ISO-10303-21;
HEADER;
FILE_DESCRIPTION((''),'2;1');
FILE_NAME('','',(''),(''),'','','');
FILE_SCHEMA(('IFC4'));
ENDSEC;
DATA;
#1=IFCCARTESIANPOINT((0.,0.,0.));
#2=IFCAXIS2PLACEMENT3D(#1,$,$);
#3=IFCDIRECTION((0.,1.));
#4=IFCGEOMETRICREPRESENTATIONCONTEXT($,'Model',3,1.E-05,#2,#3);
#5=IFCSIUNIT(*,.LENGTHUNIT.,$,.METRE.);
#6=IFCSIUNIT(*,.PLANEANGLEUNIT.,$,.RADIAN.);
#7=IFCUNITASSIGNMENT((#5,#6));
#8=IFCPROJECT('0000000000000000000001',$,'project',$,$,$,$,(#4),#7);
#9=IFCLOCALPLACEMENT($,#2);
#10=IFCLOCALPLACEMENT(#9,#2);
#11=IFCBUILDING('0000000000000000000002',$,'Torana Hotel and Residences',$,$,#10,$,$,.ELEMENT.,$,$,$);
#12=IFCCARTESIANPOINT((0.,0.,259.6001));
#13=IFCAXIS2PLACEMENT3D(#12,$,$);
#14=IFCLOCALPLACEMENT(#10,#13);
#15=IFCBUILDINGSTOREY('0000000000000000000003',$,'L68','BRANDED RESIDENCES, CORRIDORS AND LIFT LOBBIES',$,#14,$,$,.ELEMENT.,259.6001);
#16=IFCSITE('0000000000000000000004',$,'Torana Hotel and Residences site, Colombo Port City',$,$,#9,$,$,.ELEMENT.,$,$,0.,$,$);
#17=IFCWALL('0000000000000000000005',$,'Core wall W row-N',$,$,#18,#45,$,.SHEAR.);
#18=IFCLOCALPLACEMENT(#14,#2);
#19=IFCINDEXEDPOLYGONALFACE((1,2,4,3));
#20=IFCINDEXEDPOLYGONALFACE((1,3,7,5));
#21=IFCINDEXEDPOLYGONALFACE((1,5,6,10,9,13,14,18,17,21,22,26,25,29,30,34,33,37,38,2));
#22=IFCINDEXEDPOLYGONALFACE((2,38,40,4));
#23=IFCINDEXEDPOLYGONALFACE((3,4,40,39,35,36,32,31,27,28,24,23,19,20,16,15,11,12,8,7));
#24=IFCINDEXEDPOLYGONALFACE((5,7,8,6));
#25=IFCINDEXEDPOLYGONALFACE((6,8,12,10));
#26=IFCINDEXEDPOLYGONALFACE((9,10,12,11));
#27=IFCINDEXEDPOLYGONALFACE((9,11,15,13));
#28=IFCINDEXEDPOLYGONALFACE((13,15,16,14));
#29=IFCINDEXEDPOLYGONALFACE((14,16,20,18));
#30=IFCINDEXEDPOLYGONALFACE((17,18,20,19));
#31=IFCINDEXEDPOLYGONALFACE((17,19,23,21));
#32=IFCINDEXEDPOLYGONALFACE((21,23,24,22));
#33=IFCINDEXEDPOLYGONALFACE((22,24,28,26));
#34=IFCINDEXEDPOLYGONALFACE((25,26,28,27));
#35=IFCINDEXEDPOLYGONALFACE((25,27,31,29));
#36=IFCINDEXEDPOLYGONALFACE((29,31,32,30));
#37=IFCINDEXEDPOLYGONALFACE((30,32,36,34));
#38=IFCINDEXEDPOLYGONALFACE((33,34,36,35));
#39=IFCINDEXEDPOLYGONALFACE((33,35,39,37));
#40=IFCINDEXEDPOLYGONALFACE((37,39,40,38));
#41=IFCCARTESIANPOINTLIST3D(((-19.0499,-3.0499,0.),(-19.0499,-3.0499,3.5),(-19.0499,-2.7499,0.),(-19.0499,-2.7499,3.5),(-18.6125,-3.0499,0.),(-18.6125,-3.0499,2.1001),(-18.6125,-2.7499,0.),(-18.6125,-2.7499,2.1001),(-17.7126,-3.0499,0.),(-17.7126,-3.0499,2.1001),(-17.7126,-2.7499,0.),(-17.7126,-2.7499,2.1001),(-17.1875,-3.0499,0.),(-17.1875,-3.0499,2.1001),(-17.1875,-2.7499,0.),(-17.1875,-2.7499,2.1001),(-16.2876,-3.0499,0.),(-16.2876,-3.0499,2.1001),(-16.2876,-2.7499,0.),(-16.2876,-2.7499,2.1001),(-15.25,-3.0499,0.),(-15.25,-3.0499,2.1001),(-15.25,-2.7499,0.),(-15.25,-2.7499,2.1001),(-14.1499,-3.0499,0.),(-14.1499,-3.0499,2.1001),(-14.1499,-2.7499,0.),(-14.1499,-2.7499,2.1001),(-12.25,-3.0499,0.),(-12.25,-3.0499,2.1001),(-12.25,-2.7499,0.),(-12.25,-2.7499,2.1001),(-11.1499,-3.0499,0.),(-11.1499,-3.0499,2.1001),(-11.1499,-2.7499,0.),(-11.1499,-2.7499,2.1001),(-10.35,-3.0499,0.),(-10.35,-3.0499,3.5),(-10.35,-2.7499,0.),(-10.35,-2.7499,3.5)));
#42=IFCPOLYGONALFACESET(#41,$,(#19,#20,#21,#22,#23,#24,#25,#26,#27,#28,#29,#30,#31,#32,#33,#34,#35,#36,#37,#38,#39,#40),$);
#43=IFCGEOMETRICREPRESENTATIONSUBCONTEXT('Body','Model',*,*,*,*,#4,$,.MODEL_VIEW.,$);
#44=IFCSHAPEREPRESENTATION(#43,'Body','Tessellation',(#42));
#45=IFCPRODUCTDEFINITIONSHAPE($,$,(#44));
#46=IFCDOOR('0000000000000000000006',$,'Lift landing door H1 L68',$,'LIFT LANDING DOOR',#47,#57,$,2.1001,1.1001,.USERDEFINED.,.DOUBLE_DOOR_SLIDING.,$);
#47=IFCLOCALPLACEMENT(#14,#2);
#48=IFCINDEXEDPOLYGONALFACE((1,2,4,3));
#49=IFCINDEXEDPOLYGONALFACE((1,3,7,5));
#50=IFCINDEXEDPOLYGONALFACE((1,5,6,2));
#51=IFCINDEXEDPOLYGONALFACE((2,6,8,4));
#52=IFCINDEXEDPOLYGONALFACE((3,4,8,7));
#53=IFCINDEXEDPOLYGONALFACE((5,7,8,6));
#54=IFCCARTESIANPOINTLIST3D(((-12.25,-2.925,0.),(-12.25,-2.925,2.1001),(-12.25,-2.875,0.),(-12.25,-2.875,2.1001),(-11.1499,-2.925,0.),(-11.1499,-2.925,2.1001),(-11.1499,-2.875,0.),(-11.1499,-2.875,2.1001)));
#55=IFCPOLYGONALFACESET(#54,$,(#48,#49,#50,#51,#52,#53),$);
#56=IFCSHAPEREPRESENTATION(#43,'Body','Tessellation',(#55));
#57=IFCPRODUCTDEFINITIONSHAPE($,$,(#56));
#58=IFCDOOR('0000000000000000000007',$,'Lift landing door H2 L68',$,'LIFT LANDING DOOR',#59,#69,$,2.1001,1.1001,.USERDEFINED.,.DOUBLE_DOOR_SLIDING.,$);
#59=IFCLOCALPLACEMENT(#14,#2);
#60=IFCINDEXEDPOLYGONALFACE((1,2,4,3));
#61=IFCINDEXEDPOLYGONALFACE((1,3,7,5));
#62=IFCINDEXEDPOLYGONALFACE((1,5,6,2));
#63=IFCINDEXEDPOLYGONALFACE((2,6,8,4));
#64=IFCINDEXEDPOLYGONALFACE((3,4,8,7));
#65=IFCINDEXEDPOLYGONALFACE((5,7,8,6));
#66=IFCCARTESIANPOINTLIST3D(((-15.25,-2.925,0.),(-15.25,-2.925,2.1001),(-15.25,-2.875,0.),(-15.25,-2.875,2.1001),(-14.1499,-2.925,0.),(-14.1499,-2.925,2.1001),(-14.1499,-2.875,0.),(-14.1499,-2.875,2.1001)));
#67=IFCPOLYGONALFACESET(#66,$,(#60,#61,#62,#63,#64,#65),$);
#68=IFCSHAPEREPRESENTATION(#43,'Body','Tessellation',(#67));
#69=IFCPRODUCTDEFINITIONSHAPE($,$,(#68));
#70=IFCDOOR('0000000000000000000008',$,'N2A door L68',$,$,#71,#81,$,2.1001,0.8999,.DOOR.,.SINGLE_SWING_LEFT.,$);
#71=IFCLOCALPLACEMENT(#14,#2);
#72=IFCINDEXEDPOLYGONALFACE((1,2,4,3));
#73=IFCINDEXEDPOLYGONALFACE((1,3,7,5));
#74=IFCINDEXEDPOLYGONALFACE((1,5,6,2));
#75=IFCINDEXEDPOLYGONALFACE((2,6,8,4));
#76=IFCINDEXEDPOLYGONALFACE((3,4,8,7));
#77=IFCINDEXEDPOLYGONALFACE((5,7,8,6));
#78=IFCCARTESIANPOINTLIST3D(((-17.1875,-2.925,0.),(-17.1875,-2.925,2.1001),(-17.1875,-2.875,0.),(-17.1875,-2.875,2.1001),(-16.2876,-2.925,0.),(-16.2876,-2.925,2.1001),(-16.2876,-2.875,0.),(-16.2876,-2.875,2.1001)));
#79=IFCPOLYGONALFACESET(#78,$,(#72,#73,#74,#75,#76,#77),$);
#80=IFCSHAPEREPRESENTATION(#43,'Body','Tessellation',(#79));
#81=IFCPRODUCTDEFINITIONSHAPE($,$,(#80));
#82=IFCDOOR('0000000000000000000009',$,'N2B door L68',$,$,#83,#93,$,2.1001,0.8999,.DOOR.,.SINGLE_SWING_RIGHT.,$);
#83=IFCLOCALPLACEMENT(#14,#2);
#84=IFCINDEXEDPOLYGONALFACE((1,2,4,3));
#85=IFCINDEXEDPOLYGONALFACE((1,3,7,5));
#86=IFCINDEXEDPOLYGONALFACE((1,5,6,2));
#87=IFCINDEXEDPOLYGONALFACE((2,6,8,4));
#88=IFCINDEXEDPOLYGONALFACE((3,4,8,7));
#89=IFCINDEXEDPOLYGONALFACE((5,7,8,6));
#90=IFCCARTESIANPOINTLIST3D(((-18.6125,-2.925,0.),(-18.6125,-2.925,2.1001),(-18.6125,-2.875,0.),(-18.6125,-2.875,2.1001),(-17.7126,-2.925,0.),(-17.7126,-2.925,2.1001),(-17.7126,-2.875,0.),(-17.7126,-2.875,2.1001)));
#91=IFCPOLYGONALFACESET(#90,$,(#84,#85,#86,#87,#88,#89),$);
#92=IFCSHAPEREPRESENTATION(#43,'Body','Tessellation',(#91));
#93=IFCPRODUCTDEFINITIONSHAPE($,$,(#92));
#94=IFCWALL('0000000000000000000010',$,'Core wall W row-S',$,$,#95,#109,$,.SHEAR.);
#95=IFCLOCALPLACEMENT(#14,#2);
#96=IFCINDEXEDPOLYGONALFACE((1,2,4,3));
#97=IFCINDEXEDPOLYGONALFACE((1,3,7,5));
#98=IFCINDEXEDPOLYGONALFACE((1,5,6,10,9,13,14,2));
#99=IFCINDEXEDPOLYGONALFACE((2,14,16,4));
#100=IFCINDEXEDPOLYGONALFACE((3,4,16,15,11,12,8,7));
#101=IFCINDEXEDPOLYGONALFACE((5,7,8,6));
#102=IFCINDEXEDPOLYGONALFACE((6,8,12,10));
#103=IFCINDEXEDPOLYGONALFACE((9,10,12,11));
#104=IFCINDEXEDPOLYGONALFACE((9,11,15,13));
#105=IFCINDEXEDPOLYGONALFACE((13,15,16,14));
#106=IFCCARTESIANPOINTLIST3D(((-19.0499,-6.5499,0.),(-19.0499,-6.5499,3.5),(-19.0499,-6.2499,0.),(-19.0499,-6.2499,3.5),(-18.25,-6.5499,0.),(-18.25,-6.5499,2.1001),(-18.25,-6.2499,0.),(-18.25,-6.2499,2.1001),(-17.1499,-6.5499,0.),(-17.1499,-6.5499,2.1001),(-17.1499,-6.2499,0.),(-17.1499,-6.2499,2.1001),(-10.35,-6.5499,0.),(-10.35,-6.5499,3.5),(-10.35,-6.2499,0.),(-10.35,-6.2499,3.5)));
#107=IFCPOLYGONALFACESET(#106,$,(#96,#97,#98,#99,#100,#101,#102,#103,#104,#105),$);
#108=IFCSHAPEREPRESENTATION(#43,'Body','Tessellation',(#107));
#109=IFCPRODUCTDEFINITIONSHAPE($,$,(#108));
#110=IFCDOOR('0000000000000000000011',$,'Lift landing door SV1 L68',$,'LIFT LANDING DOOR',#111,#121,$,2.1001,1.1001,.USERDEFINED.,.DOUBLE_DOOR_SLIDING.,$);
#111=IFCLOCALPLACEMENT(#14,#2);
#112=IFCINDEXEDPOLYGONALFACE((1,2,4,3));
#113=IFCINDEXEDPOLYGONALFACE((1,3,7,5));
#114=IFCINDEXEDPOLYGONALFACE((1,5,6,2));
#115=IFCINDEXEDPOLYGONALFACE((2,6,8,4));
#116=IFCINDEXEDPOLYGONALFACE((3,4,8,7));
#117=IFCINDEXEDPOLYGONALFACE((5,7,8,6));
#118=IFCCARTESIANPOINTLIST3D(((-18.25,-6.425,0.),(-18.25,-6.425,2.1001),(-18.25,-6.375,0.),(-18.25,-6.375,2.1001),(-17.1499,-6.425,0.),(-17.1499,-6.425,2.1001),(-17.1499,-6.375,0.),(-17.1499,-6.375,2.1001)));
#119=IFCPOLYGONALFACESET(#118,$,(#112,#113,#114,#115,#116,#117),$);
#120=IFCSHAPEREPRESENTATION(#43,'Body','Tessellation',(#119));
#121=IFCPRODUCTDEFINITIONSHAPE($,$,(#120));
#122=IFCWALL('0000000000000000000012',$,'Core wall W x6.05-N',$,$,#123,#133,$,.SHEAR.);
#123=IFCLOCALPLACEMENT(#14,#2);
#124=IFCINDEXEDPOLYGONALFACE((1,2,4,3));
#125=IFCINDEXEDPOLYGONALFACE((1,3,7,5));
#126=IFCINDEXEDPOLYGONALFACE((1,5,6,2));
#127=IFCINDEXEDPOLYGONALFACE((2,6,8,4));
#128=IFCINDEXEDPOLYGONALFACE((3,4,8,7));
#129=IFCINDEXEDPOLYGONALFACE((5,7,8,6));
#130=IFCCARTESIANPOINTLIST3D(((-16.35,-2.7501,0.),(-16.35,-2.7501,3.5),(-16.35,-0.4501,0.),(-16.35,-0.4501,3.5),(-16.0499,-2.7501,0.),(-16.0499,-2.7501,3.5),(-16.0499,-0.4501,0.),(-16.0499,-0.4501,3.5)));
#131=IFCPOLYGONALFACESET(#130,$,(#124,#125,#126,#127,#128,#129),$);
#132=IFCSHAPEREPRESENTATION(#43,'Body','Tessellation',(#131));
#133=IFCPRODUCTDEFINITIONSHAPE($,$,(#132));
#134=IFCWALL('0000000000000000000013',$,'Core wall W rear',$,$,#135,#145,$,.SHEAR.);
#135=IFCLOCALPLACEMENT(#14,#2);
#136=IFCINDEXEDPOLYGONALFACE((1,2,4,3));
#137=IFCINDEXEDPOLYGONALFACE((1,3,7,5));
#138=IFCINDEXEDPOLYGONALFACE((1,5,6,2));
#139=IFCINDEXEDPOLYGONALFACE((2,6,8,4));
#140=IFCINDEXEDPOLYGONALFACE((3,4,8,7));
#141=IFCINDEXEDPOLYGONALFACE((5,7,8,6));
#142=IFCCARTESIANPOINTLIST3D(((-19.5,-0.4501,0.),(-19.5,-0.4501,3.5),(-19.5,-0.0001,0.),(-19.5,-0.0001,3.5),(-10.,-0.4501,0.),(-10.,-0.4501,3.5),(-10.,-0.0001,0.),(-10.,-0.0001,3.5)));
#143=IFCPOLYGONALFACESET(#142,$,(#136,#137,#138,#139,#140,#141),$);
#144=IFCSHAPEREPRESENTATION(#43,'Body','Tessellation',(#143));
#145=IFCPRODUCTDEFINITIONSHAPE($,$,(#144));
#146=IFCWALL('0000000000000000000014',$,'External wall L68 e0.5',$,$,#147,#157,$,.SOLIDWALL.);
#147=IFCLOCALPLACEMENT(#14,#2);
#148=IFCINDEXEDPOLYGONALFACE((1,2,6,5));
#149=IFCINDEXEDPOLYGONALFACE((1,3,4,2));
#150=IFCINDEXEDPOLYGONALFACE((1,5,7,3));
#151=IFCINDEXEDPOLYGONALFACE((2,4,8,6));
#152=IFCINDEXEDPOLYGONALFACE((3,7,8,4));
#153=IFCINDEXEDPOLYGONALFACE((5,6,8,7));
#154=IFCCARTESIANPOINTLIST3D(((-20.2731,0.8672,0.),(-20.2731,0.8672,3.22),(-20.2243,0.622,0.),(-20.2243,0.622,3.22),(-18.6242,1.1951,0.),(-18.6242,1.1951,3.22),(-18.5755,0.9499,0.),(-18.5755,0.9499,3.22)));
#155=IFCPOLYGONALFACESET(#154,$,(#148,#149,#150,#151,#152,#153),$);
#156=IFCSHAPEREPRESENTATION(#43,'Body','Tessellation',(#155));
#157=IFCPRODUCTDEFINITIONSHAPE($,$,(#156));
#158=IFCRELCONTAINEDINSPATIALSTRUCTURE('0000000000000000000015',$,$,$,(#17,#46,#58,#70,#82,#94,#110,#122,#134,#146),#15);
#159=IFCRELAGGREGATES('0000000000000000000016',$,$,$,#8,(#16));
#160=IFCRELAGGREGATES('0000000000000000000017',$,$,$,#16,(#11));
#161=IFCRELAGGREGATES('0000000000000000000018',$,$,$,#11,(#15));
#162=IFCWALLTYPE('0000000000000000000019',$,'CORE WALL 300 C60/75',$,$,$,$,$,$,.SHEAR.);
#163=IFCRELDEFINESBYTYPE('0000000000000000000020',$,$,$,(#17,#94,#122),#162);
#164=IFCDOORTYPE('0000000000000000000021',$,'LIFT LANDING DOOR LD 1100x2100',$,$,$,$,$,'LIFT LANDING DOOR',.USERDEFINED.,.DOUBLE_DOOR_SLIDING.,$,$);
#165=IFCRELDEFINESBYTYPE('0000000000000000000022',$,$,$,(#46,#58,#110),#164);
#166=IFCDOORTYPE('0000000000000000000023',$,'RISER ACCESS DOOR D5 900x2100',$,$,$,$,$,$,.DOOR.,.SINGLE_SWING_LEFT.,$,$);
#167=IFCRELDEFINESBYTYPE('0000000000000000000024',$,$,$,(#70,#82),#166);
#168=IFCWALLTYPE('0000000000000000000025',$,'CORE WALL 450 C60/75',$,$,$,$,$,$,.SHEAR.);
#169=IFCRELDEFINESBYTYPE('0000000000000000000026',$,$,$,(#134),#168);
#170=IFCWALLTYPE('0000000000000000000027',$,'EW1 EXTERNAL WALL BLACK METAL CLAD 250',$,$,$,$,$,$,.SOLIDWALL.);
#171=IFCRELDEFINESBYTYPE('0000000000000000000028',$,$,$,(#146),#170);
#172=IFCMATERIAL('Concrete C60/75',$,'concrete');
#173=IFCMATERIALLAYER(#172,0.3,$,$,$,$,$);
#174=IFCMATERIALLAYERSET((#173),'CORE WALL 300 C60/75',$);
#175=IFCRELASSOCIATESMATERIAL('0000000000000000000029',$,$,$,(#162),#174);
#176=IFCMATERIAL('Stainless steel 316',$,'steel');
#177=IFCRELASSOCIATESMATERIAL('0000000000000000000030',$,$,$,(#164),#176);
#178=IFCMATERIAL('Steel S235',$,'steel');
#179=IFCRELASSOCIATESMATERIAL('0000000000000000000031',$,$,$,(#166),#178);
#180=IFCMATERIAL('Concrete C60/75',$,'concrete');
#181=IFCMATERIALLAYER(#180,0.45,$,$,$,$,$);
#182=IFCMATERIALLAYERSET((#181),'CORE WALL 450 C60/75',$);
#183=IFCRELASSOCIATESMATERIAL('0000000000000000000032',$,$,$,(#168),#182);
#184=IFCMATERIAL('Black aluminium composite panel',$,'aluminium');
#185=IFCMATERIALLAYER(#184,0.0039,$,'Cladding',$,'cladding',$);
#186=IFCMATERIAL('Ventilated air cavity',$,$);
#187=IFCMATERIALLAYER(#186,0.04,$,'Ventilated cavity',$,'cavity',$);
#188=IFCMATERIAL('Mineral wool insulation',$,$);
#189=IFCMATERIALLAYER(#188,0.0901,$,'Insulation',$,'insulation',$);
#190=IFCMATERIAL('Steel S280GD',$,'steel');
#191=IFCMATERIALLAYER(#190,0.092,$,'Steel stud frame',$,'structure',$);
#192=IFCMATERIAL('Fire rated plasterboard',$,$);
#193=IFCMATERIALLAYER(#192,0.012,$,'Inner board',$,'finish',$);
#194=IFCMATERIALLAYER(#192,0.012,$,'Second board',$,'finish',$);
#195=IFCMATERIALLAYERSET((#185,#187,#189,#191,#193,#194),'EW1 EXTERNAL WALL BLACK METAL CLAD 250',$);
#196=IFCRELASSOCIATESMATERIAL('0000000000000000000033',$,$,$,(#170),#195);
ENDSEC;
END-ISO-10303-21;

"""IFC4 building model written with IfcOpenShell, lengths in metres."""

from ifc_helpers import new_model, si_unit, direction, frame, frame_2d, origin, place, context, subcontext, project, spatial, rectangle, extrude, material, layer, layer_set, type_object, element, fill, save


model = new_model("IFC4")

# Units and contexts
model_context = context("Model", 3, precision=1e-05, world=origin(), true_north=direction((0.0, 1.0)))
body_context = subcontext(model_context, "Body", "Model", "MODEL_VIEW")
ifc_project = project(units=[si_unit("LENGTHUNIT", "METRE"), si_unit("PLANEANGLEUNIT", "RADIAN")], contexts=[model_context])

# Site, building, storey
site_placement = place(None, origin())
site = spatial("IfcSite", under=ifc_project, at=site_placement, Name="Torana Hotel and Residences site, Colombo Port City", CompositionType="ELEMENT", RefElevation=0.0)
building_placement = place(site_placement, origin())
building = spatial("IfcBuilding", under=site, at=building_placement, Name="Torana Hotel and Residences", CompositionType="ELEMENT")
storey_placement = place(building_placement, frame((0.0, 0.0, 259.6001)))
storey = spatial("IfcBuildingStorey", under=building, at=storey_placement, Name="L68", Description="BRANDED RESIDENCES, CORRIDORS AND LIFT LOBBIES", CompositionType="ELEMENT", Elevation=259.6001)

# Wall, openings, doors
ifc_material_1 = material(Name="Concrete C60/75", Category="concrete")
ifc_layer_1 = layer(ifc_material_1, 0.3)
ifc_layer_set_1 = layer_set([ifc_layer_1], Name="CORE WALL 300 C60/75")
wall_type_1 = type_object("IfcWallType", Name="CORE WALL 300 C60/75", PredefinedType="SHEAR", material=ifc_layer_set_1)
wall_1_placement = place(storey_placement, frame((-19.05, -2.8999, 0.0), z_axis=(0.0, 0.0, 1.0), x_axis=(1.0, 0.0, 0.0)))
wall_1 = element("IfcWall", 1, at=wall_1_placement, inside=storey, type_object=wall_type_1, Name="Core wall W row-N", PredefinedType="SHEAR", context=body_context, shape_type="SweptSolid", body=[
    extrude(rectangle(XDim=8.7, YDim=0.3, at=frame_2d((4.3501, 0.0))), origin(), (0.0, 0.0, 1.0), 3.5),
])
opening_1_placement = place(wall_1_placement, frame((6.8, 0.0, 0.0)))
opening_1 = element("IfcOpeningElement", 2, at=opening_1_placement, cuts=wall_1, PredefinedType="OPENING", context=body_context, shape_type="SweptSolid", body=[
    extrude(rectangle(XDim=1.1001, YDim=2.1001, at=frame_2d((0.55, 1.05))), frame((0.0, 0.1599, 0.0), z_axis=(0.0, -1.0, 0.0), x_axis=(1.0, 0.0, 0.0)), (0.0, 0.0, 1.0), 0.3201),
])
opening_2_placement = place(wall_1_placement, frame((3.8, 0.0, 0.0)))
opening_2 = element("IfcOpeningElement", 3, at=opening_2_placement, cuts=wall_1, PredefinedType="OPENING", context=body_context, shape_type="SweptSolid", body=[
    extrude(rectangle(XDim=1.1001, YDim=2.1001, at=frame_2d((0.55, 1.05))), frame((0.0, 0.1599, 0.0), z_axis=(0.0, -1.0, 0.0), x_axis=(1.0, 0.0, 0.0)), (0.0, 0.0, 1.0), 0.3201),
])
opening_3_placement = place(wall_1_placement, frame((1.8625, 0.0, 0.0)))
opening_3 = element("IfcOpeningElement", 4, at=opening_3_placement, cuts=wall_1, PredefinedType="OPENING", context=body_context, shape_type="SweptSolid", body=[
    extrude(rectangle(XDim=0.8999, YDim=2.1001, at=frame_2d((0.45, 1.05))), frame((0.0, 0.1599, 0.0), z_axis=(0.0, -1.0, 0.0), x_axis=(1.0, 0.0, 0.0)), (0.0, 0.0, 1.0), 0.3201),
])
opening_4_placement = place(wall_1_placement, frame((0.4375, 0.0, 0.0)))
opening_4 = element("IfcOpeningElement", 5, at=opening_4_placement, cuts=wall_1, PredefinedType="OPENING", context=body_context, shape_type="SweptSolid", body=[
    extrude(rectangle(XDim=0.8999, YDim=2.1001, at=frame_2d((0.45, 1.05))), frame((0.0, 0.1599, 0.0), z_axis=(0.0, -1.0, 0.0), x_axis=(1.0, 0.0, 0.0)), (0.0, 0.0, 1.0), 0.3201),
])
ifc_material_2 = material(Name="Stainless steel 316", Category="steel")
door_type_1 = type_object("IfcDoorType", Name="LIFT LANDING DOOR LD 1100x2100", ElementType="LIFT LANDING DOOR", OperationType="DOUBLE_DOOR_SLIDING", PredefinedType="USERDEFINED", material=ifc_material_2)
door_1_placement = place(opening_1_placement, origin())
door_1 = element("IfcDoor", 6, at=door_1_placement, inside=storey, type_object=door_type_1, Name="Lift landing door H1 L68", ObjectType="LIFT LANDING DOOR", OperationType="DOUBLE_DOOR_SLIDING", OverallHeight=2.1001, OverallWidth=1.1001, PredefinedType="USERDEFINED", context=body_context, shape_type="SweptSolid", body=[
    extrude(rectangle(XDim=1.1001, YDim=2.1001, at=frame_2d((0.55, 1.05))), frame((0.0, 0.0249, 0.0), z_axis=(0.0, -1.0, 0.0), x_axis=(1.0, 0.0, 0.0)), (0.0, 0.0, 1.0), 0.05),
])
fill(opening_1, door_1)
door_2_placement = place(opening_2_placement, origin())
door_2 = element("IfcDoor", 7, at=door_2_placement, inside=storey, type_object=door_type_1, Name="Lift landing door H2 L68", ObjectType="LIFT LANDING DOOR", OperationType="DOUBLE_DOOR_SLIDING", OverallHeight=2.1001, OverallWidth=1.1001, PredefinedType="USERDEFINED", context=body_context, shape_type="SweptSolid", body=[
    extrude(rectangle(XDim=1.1001, YDim=2.1001, at=frame_2d((0.55, 1.05))), frame((0.0, 0.0249, 0.0), z_axis=(0.0, -1.0, 0.0), x_axis=(1.0, 0.0, 0.0)), (0.0, 0.0, 1.0), 0.05),
])
fill(opening_2, door_2)
ifc_material_3 = material(Name="Steel S235", Category="steel")
door_type_2 = type_object("IfcDoorType", Name="RISER ACCESS DOOR D5 900x2100", OperationType="SINGLE_SWING_LEFT", PredefinedType="DOOR", material=ifc_material_3)
door_3_placement = place(opening_3_placement, origin())
door_3 = element("IfcDoor", 8, at=door_3_placement, inside=storey, type_object=door_type_2, Name="N2A door L68", OperationType="SINGLE_SWING_LEFT", OverallHeight=2.1001, OverallWidth=0.8999, PredefinedType="DOOR", context=body_context, shape_type="SweptSolid", body=[
    extrude(rectangle(XDim=0.8999, YDim=2.1001, at=frame_2d((0.45, 1.05))), frame((0.0, 0.0249, 0.0), z_axis=(0.0, -1.0, 0.0), x_axis=(1.0, 0.0, 0.0)), (0.0, 0.0, 1.0), 0.05),
])
fill(opening_3, door_3)
door_4_placement = place(opening_4_placement, origin())
door_4 = element("IfcDoor", 9, at=door_4_placement, inside=storey, type_object=door_type_2, Name="N2B door L68", OperationType="SINGLE_SWING_RIGHT", OverallHeight=2.1001, OverallWidth=0.8999, PredefinedType="DOOR", context=body_context, shape_type="SweptSolid", body=[
    extrude(rectangle(XDim=0.8999, YDim=2.1001, at=frame_2d((0.45, 1.05))), frame((0.0, 0.0249, 0.0), z_axis=(0.0, -1.0, 0.0), x_axis=(1.0, 0.0, 0.0)), (0.0, 0.0, 1.0), 0.05),
])
fill(opening_4, door_4)

# Wall, opening, door
wall_2_placement = place(storey_placement, frame((-19.05, -6.3999, 0.0), z_axis=(0.0, 0.0, 1.0), x_axis=(1.0, 0.0, 0.0)))
wall_2 = element("IfcWall", 10, at=wall_2_placement, inside=storey, type_object=wall_type_1, Name="Core wall W row-S", PredefinedType="SHEAR", context=body_context, shape_type="SweptSolid", body=[
    extrude(rectangle(XDim=8.7, YDim=0.3, at=frame_2d((4.3501, 0.0))), origin(), (0.0, 0.0, 1.0), 3.5),
])
opening_5_placement = place(wall_2_placement, frame((0.8, 0.0, 0.0)))
opening_5 = element("IfcOpeningElement", 11, at=opening_5_placement, cuts=wall_2, PredefinedType="OPENING", context=body_context, shape_type="SweptSolid", body=[
    extrude(rectangle(XDim=1.1001, YDim=2.1001, at=frame_2d((0.55, 1.05))), frame((0.0, 0.1599, 0.0), z_axis=(0.0, -1.0, 0.0), x_axis=(1.0, 0.0, 0.0)), (0.0, 0.0, 1.0), 0.3201),
])
door_5_placement = place(opening_5_placement, origin())
door_5 = element("IfcDoor", 12, at=door_5_placement, inside=storey, type_object=door_type_1, Name="Lift landing door SV1 L68", ObjectType="LIFT LANDING DOOR", OperationType="DOUBLE_DOOR_SLIDING", OverallHeight=2.1001, OverallWidth=1.1001, PredefinedType="USERDEFINED", context=body_context, shape_type="SweptSolid", body=[
    extrude(rectangle(XDim=1.1001, YDim=2.1001, at=frame_2d((0.55, 1.05))), frame((0.0, 0.0249, 0.0), z_axis=(0.0, -1.0, 0.0), x_axis=(1.0, 0.0, 0.0)), (0.0, 0.0, 1.0), 0.05),
])
fill(opening_5, door_5)

# Walls
wall_3_placement = place(storey_placement, frame((-16.2, -2.75, 0.0), z_axis=(0.0, 0.0, 1.0), x_axis=(0.0, 1.0, 0.0)))
element("IfcWall", 13, at=wall_3_placement, inside=storey, type_object=wall_type_1, Name="Core wall W x6.05-N", PredefinedType="SHEAR", context=body_context, shape_type="SweptSolid", body=[
    extrude(rectangle(XDim=2.3, YDim=0.3, at=frame_2d((1.1499, 0.0))), origin(), (0.0, 0.0, 1.0), 3.5),
])
ifc_material_4 = material(Name="Concrete C60/75", Category="concrete")
ifc_layer_2 = layer(ifc_material_4, 0.45)
ifc_layer_set_2 = layer_set([ifc_layer_2], Name="CORE WALL 450 C60/75")
wall_type_2 = type_object("IfcWallType", Name="CORE WALL 450 C60/75", PredefinedType="SHEAR", material=ifc_layer_set_2)
wall_4_placement = place(storey_placement, frame((-19.5, -0.2251, 0.0), z_axis=(0.0, 0.0, 1.0), x_axis=(1.0, 0.0, 0.0)))
element("IfcWall", 14, at=wall_4_placement, inside=storey, type_object=wall_type_2, Name="Core wall W rear", PredefinedType="SHEAR", context=body_context, shape_type="SweptSolid", body=[
    extrude(rectangle(XDim=9.5, YDim=0.45, at=frame_2d((4.75, 0.0))), origin(), (0.0, 0.0, 1.0), 3.5),
])
ifc_material_5 = material(Name="Black aluminium composite panel", Category="aluminium")
ifc_layer_3 = layer(ifc_material_5, 0.0039, Name="Cladding", Category="cladding")
ifc_material_6 = material(Name="Ventilated air cavity")
ifc_layer_4 = layer(ifc_material_6, 0.04, Name="Ventilated cavity", Category="cavity")
ifc_material_7 = material(Name="Mineral wool insulation")
ifc_layer_5 = layer(ifc_material_7, 0.0901, Name="Insulation", Category="insulation")
ifc_material_8 = material(Name="Steel S280GD", Category="steel")
ifc_layer_6 = layer(ifc_material_8, 0.092, Name="Steel stud frame", Category="structure")
ifc_material_9 = material(Name="Fire rated plasterboard")
ifc_layer_7 = layer(ifc_material_9, 0.012, Name="Inner board", Category="finish")
ifc_layer_8 = layer(ifc_material_9, 0.012, Name="Second board", Category="finish")
ifc_layer_set_3 = layer_set([ifc_layer_3, ifc_layer_4, ifc_layer_5, ifc_layer_6, ifc_layer_7, ifc_layer_8], Name="EW1 EXTERNAL WALL BLACK METAL CLAD 250")
wall_type_3 = type_object("IfcWallType", Name="EW1 EXTERNAL WALL BLACK METAL CLAD 250", PredefinedType="SOLIDWALL", material=ifc_layer_set_3)
wall_5_placement = place(storey_placement, frame((-18.5999, 1.0725, 0.0), z_axis=(0.0, 0.0, 1.0), x_axis=(-0.980798, -0.195027, 0.0)))
element("IfcWall", 15, at=wall_5_placement, inside=storey, type_object=wall_type_3, Name="External wall L68 e0.5", PredefinedType="SOLIDWALL", context=body_context, shape_type="SweptSolid", body=[
    extrude(rectangle(XDim=1.6812, YDim=0.25, at=frame_2d((0.8406, 0.0))), origin(), (0.0, 0.0, 1.0), 3.22),
])

save(model, "model.ifc")
